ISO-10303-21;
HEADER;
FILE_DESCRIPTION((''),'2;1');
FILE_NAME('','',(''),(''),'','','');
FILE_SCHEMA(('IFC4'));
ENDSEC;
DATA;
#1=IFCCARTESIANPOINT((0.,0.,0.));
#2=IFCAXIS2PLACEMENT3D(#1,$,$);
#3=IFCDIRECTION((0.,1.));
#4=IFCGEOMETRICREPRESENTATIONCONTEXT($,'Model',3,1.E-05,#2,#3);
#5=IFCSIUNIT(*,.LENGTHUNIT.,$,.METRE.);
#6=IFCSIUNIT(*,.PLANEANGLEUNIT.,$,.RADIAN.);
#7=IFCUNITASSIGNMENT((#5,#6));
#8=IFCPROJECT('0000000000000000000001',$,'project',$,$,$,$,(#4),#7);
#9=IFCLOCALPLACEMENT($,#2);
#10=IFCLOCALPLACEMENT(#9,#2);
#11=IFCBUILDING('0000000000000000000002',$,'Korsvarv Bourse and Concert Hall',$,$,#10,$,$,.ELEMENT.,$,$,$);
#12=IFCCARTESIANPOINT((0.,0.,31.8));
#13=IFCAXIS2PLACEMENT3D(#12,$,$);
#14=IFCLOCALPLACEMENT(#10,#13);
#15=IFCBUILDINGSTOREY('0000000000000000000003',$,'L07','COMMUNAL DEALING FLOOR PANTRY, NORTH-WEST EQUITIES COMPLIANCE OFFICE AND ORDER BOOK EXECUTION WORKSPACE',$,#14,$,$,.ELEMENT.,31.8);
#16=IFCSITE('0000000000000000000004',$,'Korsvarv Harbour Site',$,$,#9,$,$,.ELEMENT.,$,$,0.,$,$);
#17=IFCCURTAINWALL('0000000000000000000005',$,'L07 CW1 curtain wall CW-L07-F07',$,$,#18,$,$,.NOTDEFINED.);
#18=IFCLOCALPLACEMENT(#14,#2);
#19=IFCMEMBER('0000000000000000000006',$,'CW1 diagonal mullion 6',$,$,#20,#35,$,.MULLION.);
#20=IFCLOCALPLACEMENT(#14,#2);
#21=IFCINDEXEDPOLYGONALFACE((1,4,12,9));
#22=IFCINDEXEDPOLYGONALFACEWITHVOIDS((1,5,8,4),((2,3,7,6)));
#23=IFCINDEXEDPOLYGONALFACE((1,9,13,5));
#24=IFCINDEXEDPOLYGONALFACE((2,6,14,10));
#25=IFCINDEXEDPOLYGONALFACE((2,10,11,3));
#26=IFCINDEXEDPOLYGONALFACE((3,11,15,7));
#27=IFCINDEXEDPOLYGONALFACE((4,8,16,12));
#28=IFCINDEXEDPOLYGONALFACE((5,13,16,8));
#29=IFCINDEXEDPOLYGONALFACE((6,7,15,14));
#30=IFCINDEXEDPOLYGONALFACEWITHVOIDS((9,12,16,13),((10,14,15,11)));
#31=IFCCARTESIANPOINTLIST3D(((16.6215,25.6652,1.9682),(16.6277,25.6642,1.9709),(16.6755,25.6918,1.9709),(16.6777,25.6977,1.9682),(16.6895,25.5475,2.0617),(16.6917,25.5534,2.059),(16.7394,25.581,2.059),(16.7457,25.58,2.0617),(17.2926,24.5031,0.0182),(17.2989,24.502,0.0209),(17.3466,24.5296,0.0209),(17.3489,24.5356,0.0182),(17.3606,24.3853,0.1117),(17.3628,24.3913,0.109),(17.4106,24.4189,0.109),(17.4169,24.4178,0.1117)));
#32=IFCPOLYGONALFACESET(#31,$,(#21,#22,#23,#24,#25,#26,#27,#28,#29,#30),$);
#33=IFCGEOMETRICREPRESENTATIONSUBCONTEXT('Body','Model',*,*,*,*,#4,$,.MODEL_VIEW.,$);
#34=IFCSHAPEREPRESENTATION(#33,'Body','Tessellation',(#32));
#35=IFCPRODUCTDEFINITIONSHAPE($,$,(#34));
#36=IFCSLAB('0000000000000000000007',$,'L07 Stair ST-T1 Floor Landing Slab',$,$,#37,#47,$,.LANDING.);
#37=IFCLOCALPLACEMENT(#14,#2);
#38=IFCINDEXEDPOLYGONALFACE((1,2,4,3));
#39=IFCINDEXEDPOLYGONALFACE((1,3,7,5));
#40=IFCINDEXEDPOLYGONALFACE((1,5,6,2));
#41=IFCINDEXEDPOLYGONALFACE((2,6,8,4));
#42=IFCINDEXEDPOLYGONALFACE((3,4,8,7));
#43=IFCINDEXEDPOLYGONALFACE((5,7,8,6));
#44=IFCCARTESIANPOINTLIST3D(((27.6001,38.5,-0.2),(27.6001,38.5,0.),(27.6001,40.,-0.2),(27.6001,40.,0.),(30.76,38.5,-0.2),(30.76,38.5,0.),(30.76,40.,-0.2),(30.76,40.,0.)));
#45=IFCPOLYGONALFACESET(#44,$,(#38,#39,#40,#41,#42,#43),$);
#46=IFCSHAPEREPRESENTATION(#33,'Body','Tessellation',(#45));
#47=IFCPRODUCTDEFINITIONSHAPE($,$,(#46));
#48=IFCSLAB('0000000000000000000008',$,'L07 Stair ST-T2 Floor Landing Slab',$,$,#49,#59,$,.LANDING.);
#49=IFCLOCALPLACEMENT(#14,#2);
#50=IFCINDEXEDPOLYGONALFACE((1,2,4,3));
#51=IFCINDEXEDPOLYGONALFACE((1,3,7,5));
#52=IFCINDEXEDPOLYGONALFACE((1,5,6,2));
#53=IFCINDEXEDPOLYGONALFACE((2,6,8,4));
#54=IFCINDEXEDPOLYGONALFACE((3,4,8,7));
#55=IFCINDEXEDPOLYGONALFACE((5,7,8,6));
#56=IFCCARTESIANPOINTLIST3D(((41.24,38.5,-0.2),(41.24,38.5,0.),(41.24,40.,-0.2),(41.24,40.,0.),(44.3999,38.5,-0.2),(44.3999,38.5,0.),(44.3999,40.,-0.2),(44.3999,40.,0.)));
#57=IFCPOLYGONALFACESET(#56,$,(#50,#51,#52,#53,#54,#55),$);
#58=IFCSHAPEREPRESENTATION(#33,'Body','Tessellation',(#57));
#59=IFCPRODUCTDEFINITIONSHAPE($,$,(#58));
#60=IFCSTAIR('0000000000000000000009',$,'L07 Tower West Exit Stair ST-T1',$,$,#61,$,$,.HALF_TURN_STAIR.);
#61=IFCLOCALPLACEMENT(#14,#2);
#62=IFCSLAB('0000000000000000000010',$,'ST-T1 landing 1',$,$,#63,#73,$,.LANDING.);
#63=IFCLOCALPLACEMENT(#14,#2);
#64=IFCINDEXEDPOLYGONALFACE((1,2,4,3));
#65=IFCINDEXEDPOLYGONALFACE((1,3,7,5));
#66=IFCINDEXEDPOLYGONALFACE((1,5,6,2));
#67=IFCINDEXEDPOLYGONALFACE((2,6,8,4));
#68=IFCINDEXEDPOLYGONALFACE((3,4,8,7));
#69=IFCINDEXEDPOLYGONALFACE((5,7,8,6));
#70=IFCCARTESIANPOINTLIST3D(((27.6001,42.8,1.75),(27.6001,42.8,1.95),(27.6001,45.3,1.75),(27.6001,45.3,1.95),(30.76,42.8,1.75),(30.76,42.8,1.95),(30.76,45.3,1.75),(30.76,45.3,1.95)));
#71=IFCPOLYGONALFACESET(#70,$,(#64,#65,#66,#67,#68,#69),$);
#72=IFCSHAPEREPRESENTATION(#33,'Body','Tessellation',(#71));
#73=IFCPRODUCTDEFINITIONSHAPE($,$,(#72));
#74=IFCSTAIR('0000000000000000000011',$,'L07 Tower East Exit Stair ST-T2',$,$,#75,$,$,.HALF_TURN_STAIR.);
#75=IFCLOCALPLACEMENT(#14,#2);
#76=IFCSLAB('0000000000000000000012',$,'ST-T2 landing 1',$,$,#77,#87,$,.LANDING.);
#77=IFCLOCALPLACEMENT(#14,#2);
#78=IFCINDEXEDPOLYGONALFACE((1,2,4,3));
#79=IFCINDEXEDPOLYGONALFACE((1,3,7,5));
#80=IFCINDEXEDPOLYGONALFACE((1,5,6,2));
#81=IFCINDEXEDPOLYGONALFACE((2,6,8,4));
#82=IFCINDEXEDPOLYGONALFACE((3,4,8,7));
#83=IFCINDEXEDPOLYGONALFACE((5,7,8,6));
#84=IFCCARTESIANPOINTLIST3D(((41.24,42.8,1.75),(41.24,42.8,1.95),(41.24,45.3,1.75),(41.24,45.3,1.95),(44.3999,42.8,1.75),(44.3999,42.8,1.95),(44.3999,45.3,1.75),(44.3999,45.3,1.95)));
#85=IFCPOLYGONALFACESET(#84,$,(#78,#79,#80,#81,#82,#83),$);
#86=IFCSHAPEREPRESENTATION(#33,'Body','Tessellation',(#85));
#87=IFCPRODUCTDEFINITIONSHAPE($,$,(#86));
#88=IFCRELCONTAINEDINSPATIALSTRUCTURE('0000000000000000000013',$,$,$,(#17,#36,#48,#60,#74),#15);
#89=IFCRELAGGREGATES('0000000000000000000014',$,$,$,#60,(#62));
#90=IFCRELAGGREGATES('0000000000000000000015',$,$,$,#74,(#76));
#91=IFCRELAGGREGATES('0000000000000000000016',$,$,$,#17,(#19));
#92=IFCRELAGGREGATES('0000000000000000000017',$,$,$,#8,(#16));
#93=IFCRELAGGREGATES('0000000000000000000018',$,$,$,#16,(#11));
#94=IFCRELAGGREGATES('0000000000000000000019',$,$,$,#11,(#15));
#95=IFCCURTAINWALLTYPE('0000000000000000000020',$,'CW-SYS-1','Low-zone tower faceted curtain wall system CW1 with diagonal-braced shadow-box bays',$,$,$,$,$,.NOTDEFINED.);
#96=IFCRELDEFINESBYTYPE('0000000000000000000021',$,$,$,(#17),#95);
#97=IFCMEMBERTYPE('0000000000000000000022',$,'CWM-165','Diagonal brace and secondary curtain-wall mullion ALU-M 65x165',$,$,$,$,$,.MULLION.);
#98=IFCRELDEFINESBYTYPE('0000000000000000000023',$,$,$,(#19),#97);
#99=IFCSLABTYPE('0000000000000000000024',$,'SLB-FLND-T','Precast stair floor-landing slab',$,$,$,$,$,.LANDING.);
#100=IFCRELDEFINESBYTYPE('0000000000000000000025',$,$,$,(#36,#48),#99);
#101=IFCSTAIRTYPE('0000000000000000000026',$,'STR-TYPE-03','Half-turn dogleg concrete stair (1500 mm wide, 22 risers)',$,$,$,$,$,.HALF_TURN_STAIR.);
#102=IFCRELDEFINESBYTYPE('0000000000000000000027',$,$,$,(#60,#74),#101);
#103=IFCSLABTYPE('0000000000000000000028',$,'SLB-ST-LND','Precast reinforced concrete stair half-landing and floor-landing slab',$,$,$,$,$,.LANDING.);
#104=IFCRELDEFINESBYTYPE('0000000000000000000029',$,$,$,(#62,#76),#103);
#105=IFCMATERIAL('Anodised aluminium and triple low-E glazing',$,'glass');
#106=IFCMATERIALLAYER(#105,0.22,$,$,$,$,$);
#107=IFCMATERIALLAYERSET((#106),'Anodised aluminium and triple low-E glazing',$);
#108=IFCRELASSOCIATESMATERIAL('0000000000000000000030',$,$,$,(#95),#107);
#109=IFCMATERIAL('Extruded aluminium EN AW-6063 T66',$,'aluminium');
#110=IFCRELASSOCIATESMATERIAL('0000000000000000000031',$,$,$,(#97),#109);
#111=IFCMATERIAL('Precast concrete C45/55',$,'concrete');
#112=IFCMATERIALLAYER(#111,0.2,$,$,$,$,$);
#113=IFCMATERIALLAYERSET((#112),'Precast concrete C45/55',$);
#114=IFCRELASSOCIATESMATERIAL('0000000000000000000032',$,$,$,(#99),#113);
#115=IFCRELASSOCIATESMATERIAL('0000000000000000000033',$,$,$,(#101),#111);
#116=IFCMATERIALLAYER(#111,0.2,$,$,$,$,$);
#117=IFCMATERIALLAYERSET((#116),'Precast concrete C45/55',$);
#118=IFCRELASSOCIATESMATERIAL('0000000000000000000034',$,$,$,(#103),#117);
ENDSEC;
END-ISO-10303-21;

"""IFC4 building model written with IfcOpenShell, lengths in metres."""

from ifc_helpers import new_model, si_unit, direction, frame, origin, origin_2d, place, context, subcontext, project, spatial, polyline, hollow_rectangle, outline, extrude, source, transform, mapped, material, layer, layer_set, material_profile, profile_set, type_object, element, aggregate, save


model = new_model("IFC4")

# Units and contexts
model_context = context("Model", 3, precision=1e-05, world=origin(), true_north=direction((0.0, 1.0)))
body_context = subcontext(model_context, "Body", "Model", "MODEL_VIEW")
ifc_project = project(units=[si_unit("LENGTHUNIT", "METRE"), si_unit("PLANEANGLEUNIT", "RADIAN")], contexts=[model_context])

# Site, building, storey
site_placement = place(None, origin())
site = spatial("IfcSite", under=ifc_project, at=site_placement, Name="Korsvarv Harbour Site", CompositionType="ELEMENT", RefElevation=0.0)
building_placement = place(site_placement, origin())
building = spatial("IfcBuilding", under=site, at=building_placement, Name="Korsvarv Bourse and Concert Hall", CompositionType="ELEMENT")
storey_placement = place(building_placement, frame((0.0, 0.0, 31.8)))
storey = spatial("IfcBuildingStorey", under=building, at=storey_placement, Name="L07", Description="COMMUNAL DEALING FLOOR PANTRY, NORTH-WEST EQUITIES COMPLIANCE OFFICE AND ORDER BOOK EXECUTION WORKSPACE", CompositionType="ELEMENT", Elevation=31.8)

# Curtain wall, member
ifc_material_1 = material(Name="Anodised aluminium and triple low-E glazing", Category="glass")
ifc_layer_1 = layer(ifc_material_1, 0.22)
ifc_layer_set_1 = layer_set([ifc_layer_1], Name="Anodised aluminium and triple low-E glazing")
curtain_wall_type = type_object("IfcCurtainWallType", Name="CW-SYS-1", Description="Low-zone tower faceted curtain wall system CW1 with diagonal-braced shadow-box bays", PredefinedType="NOTDEFINED", material=ifc_layer_set_1)
curtain_wall_placement = place(storey_placement, origin())
curtain_wall = element("IfcCurtainWall", 1, at=curtain_wall_placement, inside=storey, type_object=curtain_wall_type, Name="L07 CW1 curtain wall CW-L07-F07", PredefinedType="NOTDEFINED")
ifc_material_2 = material(Name="Extruded aluminium EN AW-6063 T66", Category="aluminium")
ifc_material_profile = material_profile(ifc_material_2, hollow_rectangle(XDim=0.0649, YDim=0.165, WallThickness=0.0049, at=origin_2d()), Name="ALU-M 65x165")
ifc_profile_set = profile_set([ifc_material_profile], Name="Extruded aluminium EN AW-6063 T66")
member_type = type_object("IfcMemberType", Name="CWM-165", Description="Diagonal brace and secondary curtain-wall mullion ALU-M 65x165", PredefinedType="MULLION", material=ifc_profile_set)
shared_shape_1 = source(origin(), body_context, "Body", "SweptSolid", [
    extrude(hollow_rectangle(XDim=0.0649, YDim=0.165, WallThickness=0.0049, at=origin_2d()), origin(), (0.0, 0.0, 1.0), 2.3672),
])
member_placement = place(storey_placement, frame((17.3547, 24.4604, 0.0649), z_axis=(-0.283527, 0.490939, 0.823766), x_axis=(-0.865961, -0.500111, 0.0)))
member = element("IfcMember", 2, at=member_placement, type_object=member_type, Name="CW1 diagonal mullion 6", PredefinedType="MULLION", context=body_context, shape_type="MappedRepresentation", body=[
    mapped(shared_shape_1, transform((0.0, 0.0, 0.0), scale=1.0)),
])

# Slabs
ifc_material_3 = material(Name="Precast concrete C45/55", Category="concrete")
ifc_layer_2 = layer(ifc_material_3, 0.2)
ifc_layer_set_2 = layer_set([ifc_layer_2], Name="Precast concrete C45/55")
slab_type_1 = type_object("IfcSlabType", Name="SLB-FLND-T", Description="Precast stair floor-landing slab", PredefinedType="LANDING", material=ifc_layer_set_2)
slab_1_placement = place(storey_placement, frame((0.0, 0.0, -0.2)))
element("IfcSlab", 3, at=slab_1_placement, inside=storey, type_object=slab_type_1, Name="L07 Stair ST-T1 Floor Landing Slab", PredefinedType="LANDING", context=body_context, shape_type="SweptSolid", body=[
    extrude(outline(polyline([(30.76, 38.5), (30.76, 40.0), (27.6001, 40.0), (27.6001, 38.5), (30.76, 38.5)])), origin(), (0.0, 0.0, 1.0), 0.2),
])
slab_2_placement = place(storey_placement, frame((0.0, 0.0, -0.2)))
element("IfcSlab", 4, at=slab_2_placement, inside=storey, type_object=slab_type_1, Name="L07 Stair ST-T2 Floor Landing Slab", PredefinedType="LANDING", context=body_context, shape_type="SweptSolid", body=[
    extrude(outline(polyline([(44.3999, 38.5), (44.3999, 40.0), (41.24, 40.0), (41.24, 38.5), (44.3999, 38.5)])), origin(), (0.0, 0.0, 1.0), 0.2),
])

# Stairs, slabs
stair_type = type_object("IfcStairType", Name="STR-TYPE-03", Description="Half-turn dogleg concrete stair (1500 mm wide, 22 risers)", PredefinedType="HALF_TURN_STAIR", material=ifc_material_3)
stair_1_placement = place(storey_placement, origin())
stair_1 = element("IfcStair", 5, at=stair_1_placement, inside=storey, type_object=stair_type, Name="L07 Tower West Exit Stair ST-T1", PredefinedType="HALF_TURN_STAIR")
ifc_layer_3 = layer(ifc_material_3, 0.2)
ifc_layer_set_3 = layer_set([ifc_layer_3], Name="Precast concrete C45/55")
slab_type_2 = type_object("IfcSlabType", Name="SLB-ST-LND", Description="Precast reinforced concrete stair half-landing and floor-landing slab", PredefinedType="LANDING", material=ifc_layer_set_3)
slab_3_placement = place(storey_placement, frame((0.0, 0.0, 1.75)))
slab_3 = element("IfcSlab", 6, at=slab_3_placement, type_object=slab_type_2, Name="ST-T1 landing 1", PredefinedType="LANDING", context=body_context, shape_type="SweptSolid", body=[
    extrude(outline(polyline([(30.76, 42.8), (30.76, 45.3), (27.6001, 45.3), (27.6001, 42.8), (30.76, 42.8)])), origin(), (0.0, 0.0, 1.0), 0.2),
])
aggregate(stair_1, [slab_3])
stair_2_placement = place(storey_placement, origin())
stair_2 = element("IfcStair", 7, at=stair_2_placement, inside=storey, type_object=stair_type, Name="L07 Tower East Exit Stair ST-T2", PredefinedType="HALF_TURN_STAIR")
slab_4_placement = place(storey_placement, frame((0.0, 0.0, 1.75)))
slab_4 = element("IfcSlab", 8, at=slab_4_placement, type_object=slab_type_2, Name="ST-T2 landing 1", PredefinedType="LANDING", context=body_context, shape_type="SweptSolid", body=[
    extrude(outline(polyline([(44.3999, 42.8), (44.3999, 45.3), (41.24, 45.3), (41.24, 42.8), (44.3999, 42.8)])), origin(), (0.0, 0.0, 1.0), 0.2),
])
aggregate(stair_2, [slab_4])

aggregate(curtain_wall, [member])

save(model, "model.ifc")
